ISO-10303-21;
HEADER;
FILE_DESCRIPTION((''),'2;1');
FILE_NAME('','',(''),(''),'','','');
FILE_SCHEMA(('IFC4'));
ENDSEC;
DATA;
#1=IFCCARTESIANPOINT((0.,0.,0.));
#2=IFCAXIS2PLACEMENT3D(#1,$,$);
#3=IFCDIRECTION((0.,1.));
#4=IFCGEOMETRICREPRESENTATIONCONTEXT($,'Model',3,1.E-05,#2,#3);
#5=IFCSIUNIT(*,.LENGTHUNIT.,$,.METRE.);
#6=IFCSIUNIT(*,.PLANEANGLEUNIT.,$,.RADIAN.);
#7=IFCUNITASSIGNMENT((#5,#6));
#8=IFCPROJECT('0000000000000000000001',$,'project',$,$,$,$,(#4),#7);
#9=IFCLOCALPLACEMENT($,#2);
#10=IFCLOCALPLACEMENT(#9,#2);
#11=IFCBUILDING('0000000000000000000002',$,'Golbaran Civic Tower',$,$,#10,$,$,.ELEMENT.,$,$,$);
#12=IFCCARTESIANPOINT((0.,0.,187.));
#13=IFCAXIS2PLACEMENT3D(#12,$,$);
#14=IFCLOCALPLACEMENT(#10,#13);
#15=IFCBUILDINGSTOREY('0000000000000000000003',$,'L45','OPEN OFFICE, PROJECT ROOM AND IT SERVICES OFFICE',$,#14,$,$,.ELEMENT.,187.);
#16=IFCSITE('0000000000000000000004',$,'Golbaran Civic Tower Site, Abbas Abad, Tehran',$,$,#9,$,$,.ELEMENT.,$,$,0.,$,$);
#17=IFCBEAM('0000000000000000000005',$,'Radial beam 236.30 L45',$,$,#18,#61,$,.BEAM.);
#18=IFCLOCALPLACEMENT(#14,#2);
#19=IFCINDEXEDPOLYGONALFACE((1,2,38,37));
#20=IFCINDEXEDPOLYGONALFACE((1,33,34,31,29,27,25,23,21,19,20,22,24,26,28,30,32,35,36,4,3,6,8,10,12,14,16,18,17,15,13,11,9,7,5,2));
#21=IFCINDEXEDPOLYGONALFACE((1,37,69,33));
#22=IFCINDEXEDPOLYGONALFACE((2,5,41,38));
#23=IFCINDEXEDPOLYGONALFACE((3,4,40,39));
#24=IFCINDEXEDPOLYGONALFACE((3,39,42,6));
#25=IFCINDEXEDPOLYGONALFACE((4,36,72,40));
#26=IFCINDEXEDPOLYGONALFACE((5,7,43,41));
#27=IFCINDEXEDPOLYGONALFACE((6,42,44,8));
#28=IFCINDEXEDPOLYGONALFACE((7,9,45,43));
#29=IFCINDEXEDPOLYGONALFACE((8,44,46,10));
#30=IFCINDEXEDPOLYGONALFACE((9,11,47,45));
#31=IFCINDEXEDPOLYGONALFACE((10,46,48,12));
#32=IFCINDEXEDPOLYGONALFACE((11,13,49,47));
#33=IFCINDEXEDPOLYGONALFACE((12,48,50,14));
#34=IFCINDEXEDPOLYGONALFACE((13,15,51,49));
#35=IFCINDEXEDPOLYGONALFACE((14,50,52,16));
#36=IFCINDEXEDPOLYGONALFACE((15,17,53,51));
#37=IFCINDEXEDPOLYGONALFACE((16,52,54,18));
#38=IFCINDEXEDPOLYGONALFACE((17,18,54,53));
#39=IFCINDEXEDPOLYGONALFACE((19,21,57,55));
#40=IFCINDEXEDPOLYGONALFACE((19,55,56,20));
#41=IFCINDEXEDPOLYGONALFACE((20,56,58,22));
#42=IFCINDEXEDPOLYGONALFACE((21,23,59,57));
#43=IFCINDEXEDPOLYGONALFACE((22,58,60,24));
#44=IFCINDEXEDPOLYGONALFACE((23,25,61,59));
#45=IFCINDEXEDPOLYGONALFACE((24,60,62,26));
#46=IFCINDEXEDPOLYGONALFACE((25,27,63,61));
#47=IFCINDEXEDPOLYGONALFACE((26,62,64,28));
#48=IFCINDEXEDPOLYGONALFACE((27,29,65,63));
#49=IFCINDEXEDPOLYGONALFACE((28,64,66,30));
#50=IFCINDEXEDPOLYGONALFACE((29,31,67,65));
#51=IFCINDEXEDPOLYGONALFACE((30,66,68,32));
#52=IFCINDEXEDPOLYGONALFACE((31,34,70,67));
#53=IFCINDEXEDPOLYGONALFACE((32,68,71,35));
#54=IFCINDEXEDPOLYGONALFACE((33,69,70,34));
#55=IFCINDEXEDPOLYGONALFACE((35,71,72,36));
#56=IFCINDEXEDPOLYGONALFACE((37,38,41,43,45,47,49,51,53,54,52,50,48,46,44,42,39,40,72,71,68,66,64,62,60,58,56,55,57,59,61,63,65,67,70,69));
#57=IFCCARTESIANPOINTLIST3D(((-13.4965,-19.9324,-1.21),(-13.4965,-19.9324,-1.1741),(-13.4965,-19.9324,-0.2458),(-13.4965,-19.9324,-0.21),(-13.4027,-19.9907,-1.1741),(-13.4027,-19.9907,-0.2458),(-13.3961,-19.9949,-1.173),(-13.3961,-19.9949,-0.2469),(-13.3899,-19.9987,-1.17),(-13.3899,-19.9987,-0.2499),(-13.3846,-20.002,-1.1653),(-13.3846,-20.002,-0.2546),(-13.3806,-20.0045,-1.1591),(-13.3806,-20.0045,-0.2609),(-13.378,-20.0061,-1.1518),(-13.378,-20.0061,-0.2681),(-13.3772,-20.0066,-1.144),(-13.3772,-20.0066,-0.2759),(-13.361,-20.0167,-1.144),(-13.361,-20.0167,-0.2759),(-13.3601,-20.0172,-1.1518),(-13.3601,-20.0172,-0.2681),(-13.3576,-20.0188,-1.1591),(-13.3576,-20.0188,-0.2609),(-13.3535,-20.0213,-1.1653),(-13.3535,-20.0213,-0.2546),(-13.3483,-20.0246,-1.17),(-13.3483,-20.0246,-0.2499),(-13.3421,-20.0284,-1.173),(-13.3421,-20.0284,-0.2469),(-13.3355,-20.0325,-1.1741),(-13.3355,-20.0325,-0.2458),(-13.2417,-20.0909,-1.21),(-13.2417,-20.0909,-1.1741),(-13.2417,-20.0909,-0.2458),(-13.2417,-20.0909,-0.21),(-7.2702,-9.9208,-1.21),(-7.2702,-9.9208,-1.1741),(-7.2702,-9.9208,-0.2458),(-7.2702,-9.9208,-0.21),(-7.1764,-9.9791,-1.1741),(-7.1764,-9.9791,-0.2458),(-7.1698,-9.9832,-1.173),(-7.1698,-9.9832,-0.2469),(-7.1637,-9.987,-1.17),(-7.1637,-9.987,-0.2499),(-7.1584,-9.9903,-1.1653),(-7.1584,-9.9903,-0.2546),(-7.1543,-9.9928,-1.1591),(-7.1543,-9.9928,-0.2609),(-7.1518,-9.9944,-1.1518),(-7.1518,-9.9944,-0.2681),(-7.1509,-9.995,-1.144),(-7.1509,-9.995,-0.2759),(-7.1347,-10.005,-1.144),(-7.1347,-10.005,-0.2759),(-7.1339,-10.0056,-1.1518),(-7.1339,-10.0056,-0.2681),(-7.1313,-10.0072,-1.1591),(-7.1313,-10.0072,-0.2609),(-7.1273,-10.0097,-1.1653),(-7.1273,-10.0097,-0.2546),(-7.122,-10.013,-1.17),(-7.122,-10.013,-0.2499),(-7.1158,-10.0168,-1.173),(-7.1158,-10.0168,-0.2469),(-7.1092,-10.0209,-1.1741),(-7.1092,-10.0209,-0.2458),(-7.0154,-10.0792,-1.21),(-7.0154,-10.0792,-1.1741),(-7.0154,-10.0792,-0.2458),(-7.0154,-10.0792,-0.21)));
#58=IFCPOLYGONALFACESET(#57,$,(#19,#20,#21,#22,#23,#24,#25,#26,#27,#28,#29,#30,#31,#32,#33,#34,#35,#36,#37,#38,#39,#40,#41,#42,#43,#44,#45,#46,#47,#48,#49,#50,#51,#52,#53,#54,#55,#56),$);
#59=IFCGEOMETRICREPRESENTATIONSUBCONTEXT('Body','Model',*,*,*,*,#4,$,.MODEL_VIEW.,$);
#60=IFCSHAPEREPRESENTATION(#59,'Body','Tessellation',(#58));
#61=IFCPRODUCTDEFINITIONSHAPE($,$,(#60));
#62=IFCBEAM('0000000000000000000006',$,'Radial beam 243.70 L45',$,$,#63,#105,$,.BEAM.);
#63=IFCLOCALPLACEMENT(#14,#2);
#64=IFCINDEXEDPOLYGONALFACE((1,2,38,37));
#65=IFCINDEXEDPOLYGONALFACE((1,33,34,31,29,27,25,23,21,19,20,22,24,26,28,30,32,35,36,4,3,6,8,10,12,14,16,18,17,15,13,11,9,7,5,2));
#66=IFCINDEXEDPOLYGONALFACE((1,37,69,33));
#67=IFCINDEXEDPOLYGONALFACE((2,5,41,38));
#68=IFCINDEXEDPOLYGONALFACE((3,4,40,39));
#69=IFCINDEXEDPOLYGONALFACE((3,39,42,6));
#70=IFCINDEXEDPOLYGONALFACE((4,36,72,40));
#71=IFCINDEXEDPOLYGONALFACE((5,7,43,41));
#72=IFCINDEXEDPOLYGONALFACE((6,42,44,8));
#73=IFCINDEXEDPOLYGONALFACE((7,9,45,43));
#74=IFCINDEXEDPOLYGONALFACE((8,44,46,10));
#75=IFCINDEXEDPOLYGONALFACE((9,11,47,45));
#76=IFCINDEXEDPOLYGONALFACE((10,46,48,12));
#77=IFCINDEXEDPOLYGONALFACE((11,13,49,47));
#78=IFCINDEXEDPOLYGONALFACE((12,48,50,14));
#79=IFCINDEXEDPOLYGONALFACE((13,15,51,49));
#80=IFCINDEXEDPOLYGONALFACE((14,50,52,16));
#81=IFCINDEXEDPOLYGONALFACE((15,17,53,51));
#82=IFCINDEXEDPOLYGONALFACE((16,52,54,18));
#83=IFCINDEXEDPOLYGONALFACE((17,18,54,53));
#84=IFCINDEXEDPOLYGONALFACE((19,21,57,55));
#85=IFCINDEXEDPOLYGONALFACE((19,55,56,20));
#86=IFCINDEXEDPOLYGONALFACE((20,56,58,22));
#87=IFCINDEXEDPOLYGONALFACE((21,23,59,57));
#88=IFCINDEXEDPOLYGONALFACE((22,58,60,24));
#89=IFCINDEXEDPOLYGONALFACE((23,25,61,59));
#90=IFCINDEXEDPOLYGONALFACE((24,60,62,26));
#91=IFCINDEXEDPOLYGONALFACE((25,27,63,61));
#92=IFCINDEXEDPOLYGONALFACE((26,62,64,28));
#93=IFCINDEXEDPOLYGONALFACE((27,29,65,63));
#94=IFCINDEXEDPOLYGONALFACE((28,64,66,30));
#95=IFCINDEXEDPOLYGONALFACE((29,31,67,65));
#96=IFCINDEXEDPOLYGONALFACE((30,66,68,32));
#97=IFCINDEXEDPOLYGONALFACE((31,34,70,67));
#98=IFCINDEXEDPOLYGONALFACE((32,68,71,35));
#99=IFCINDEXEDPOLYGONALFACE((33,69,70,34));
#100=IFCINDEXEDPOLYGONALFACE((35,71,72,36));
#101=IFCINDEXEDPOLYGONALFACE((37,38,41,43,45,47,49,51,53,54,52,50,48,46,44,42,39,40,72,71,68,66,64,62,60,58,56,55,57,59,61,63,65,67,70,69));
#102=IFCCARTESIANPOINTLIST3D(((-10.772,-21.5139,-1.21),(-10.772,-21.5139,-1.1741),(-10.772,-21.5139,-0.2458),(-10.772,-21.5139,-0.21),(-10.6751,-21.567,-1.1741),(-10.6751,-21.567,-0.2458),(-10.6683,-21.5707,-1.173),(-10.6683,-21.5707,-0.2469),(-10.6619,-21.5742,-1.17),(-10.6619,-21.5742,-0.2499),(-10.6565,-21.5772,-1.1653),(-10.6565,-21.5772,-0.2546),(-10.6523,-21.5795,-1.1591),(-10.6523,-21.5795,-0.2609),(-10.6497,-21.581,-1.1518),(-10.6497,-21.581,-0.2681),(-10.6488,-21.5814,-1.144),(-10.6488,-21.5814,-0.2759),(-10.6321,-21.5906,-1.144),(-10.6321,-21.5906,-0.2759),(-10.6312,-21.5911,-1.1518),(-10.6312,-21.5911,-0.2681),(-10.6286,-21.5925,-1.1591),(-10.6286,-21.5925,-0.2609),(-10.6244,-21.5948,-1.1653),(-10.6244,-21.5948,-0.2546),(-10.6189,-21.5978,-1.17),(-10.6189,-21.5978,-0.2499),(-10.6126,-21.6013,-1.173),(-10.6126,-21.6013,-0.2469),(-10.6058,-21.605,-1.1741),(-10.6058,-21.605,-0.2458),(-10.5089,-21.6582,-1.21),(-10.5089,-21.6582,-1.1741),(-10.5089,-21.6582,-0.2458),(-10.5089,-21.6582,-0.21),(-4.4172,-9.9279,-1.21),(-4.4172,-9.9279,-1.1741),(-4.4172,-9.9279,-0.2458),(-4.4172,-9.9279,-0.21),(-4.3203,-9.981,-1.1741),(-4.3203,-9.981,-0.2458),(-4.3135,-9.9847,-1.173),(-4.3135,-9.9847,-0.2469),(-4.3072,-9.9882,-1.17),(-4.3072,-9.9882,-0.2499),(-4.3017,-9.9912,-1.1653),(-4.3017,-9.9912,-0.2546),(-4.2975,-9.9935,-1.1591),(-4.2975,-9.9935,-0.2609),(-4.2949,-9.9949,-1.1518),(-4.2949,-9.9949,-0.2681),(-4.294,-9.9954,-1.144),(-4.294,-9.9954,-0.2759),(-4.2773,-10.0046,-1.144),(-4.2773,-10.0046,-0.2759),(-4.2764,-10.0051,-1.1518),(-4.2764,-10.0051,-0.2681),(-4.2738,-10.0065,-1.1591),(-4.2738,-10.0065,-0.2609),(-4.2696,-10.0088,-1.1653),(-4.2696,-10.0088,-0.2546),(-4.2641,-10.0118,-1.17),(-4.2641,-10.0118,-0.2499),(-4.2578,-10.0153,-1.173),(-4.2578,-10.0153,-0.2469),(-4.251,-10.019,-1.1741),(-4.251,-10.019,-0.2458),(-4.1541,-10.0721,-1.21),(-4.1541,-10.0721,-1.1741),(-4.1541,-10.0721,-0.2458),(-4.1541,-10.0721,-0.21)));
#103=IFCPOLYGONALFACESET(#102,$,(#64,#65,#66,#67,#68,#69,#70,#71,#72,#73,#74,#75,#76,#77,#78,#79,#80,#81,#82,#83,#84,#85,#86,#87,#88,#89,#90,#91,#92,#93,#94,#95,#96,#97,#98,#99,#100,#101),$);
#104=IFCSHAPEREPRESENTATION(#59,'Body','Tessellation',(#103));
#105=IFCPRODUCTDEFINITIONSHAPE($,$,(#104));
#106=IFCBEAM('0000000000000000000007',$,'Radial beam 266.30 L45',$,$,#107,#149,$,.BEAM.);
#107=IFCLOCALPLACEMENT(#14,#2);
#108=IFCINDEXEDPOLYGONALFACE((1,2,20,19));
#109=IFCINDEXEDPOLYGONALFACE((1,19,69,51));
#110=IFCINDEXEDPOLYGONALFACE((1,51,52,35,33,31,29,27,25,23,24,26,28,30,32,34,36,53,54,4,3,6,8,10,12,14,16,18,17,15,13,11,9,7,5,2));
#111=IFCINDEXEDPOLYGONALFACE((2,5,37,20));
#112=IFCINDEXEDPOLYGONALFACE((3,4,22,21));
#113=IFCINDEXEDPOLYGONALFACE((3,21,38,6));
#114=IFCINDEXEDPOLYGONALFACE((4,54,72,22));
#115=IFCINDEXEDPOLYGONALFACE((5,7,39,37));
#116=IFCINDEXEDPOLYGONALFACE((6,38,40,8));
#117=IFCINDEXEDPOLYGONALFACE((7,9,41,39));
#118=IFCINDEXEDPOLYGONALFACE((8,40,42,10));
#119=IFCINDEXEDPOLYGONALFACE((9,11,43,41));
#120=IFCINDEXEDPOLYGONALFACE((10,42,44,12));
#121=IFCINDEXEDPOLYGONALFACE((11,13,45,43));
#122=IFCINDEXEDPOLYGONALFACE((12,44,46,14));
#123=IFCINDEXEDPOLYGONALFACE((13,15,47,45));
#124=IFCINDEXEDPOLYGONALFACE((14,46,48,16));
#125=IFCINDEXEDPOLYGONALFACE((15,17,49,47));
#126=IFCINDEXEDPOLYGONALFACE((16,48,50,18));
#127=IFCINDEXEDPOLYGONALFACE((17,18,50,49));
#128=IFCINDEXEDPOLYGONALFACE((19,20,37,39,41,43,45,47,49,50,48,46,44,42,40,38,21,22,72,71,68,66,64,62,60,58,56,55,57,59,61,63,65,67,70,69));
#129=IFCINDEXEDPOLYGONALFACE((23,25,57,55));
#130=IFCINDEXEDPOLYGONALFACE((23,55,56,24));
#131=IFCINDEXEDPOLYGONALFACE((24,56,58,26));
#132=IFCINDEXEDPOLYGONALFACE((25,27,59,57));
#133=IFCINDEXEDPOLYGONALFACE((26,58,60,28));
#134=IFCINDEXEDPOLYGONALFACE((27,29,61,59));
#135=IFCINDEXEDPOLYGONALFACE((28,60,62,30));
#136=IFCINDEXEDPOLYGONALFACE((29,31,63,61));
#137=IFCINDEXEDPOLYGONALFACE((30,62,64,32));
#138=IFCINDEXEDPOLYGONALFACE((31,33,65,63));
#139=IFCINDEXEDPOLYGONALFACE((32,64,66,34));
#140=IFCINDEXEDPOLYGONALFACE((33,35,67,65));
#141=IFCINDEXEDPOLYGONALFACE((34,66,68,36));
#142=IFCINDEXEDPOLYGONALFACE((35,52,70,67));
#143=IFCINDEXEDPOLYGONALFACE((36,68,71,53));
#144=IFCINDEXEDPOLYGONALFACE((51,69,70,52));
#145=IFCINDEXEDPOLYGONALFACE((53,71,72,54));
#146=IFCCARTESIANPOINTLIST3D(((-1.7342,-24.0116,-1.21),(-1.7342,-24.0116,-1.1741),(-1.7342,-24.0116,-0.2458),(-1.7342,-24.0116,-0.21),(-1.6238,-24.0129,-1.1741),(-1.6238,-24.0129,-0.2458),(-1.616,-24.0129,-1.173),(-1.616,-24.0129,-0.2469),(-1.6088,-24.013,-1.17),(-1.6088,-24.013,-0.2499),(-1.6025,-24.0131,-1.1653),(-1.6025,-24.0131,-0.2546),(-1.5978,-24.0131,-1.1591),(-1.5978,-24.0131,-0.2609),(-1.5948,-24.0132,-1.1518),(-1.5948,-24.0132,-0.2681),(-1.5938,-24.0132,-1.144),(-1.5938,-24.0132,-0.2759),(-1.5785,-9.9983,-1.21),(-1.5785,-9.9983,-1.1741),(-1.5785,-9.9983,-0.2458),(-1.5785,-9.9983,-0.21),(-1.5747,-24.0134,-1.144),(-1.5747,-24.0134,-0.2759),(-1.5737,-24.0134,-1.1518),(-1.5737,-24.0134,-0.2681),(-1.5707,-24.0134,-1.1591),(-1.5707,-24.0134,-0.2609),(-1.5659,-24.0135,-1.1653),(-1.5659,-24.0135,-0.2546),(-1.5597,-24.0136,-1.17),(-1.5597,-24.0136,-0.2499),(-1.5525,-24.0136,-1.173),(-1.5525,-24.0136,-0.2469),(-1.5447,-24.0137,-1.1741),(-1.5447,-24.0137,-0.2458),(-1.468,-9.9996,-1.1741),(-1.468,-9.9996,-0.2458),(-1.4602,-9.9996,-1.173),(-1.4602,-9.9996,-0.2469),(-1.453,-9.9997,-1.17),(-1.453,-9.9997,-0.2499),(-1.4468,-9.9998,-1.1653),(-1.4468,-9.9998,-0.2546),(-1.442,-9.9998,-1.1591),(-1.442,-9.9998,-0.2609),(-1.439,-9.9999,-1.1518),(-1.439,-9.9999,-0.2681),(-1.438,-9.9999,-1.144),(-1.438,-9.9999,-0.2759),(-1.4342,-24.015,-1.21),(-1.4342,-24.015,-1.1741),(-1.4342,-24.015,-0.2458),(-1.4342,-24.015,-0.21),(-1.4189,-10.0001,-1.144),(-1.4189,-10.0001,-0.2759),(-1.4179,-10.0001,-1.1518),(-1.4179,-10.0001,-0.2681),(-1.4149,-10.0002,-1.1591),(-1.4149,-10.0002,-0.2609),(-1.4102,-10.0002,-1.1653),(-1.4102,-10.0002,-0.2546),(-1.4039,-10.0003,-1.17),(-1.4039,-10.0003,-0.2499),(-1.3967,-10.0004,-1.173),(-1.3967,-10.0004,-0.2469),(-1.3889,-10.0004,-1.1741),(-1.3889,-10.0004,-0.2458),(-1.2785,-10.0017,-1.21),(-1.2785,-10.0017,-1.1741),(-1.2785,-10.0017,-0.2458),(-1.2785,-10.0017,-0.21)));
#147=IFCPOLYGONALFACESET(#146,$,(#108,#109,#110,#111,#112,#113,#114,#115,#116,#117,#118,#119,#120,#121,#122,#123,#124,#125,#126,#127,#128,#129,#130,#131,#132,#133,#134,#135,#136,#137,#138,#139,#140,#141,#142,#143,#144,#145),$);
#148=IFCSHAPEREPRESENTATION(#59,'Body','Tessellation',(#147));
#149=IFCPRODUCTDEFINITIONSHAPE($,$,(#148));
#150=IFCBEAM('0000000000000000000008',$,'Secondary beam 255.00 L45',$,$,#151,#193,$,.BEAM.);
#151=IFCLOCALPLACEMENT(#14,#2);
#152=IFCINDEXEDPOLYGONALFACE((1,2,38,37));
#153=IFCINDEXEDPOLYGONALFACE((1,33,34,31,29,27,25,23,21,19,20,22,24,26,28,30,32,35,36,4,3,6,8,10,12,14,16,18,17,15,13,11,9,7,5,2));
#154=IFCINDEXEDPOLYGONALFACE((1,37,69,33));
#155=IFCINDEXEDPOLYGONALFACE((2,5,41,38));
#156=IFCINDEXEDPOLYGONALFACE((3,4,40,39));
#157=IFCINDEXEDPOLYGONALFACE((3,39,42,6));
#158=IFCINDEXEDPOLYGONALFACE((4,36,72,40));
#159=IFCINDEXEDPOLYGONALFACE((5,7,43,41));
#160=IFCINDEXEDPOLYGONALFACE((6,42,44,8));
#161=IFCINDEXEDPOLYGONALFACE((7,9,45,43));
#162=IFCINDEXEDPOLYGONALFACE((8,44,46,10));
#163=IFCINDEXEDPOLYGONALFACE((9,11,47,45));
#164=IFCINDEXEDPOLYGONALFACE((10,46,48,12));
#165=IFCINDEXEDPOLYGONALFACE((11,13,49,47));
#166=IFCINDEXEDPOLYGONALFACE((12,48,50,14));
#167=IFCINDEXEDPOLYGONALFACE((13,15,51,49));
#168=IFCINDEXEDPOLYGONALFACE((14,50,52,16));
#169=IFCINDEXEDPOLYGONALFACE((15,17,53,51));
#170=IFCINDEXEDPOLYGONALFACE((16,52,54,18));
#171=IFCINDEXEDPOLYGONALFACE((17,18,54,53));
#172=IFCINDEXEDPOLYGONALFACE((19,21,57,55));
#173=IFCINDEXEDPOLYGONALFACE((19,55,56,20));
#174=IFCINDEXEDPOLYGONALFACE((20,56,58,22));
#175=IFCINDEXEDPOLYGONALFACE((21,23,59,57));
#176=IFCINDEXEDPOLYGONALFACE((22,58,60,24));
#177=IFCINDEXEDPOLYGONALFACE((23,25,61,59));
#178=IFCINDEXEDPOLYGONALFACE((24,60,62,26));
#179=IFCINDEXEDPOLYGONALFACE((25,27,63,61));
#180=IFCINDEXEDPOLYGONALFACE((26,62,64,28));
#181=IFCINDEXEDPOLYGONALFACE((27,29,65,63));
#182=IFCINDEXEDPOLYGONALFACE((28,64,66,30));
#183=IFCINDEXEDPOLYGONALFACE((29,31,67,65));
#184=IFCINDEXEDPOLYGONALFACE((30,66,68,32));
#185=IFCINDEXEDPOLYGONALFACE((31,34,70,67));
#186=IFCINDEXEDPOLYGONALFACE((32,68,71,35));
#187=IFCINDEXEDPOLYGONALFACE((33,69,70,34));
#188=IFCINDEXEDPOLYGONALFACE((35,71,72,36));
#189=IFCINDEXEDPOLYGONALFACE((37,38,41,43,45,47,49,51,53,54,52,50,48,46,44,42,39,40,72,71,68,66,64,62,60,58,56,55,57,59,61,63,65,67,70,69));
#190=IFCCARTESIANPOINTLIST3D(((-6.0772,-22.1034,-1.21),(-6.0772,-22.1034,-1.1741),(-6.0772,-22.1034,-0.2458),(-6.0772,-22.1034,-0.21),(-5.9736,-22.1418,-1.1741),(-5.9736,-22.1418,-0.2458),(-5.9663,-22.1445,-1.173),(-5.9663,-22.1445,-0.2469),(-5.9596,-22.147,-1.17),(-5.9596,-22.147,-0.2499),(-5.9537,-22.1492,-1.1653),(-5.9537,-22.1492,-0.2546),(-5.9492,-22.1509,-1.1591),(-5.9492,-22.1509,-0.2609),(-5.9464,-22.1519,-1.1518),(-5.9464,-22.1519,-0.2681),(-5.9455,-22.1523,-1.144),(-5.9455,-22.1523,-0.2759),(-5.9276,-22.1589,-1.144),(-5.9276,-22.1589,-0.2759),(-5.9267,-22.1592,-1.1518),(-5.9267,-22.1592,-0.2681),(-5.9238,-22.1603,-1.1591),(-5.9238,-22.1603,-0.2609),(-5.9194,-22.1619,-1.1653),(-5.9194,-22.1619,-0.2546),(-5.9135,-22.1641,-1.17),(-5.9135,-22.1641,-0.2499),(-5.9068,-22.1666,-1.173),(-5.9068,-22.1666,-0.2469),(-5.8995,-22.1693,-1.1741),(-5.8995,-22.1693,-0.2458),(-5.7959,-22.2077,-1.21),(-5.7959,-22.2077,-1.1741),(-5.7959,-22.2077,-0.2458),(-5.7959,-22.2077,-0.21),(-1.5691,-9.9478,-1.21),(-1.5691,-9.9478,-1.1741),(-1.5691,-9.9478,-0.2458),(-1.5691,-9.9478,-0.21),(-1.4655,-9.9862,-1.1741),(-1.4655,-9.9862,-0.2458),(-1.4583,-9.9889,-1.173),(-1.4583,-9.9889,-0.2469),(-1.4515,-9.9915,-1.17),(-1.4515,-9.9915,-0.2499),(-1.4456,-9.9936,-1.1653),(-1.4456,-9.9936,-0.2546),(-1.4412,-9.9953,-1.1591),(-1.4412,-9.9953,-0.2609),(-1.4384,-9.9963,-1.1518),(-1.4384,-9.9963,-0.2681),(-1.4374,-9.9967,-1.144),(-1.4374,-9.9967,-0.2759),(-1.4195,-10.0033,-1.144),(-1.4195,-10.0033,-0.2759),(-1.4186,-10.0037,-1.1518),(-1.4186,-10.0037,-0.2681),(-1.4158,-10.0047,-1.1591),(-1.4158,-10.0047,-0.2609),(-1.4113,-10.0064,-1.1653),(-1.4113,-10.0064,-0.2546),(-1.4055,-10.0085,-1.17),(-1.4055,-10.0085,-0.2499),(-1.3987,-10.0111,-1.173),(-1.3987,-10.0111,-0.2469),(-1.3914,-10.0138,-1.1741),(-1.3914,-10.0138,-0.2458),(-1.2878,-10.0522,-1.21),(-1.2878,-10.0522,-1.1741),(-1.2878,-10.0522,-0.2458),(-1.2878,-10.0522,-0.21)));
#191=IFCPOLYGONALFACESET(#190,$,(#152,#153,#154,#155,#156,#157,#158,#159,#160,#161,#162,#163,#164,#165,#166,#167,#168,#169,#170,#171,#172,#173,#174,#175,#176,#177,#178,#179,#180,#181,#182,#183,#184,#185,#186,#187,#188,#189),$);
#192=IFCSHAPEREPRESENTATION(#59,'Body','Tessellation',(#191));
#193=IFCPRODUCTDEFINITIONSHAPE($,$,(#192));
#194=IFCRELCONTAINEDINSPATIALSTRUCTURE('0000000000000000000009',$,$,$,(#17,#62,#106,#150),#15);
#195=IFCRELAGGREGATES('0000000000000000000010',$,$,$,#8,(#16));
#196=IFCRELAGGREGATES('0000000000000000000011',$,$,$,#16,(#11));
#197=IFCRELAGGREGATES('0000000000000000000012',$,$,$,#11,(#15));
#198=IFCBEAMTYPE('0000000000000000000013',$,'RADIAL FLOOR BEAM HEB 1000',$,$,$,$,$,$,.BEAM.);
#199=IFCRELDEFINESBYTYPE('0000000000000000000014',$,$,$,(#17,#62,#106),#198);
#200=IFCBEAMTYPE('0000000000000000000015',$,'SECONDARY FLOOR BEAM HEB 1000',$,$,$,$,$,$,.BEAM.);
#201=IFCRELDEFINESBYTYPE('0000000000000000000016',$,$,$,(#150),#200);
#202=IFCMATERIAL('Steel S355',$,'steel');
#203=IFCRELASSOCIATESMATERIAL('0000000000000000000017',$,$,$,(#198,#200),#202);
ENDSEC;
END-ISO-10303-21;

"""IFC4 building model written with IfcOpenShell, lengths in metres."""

from ifc_helpers import new_model, si_unit, direction, frame, origin, origin_2d, place, context, subcontext, project, spatial, i_section, extrude, material, material_profile, profile_set, type_object, element, save


model = new_model("IFC4")

# Units and contexts
model_context = context("Model", 3, precision=1e-05, world=origin(), true_north=direction((0.0, 1.0)))
body_context = subcontext(model_context, "Body", "Model", "MODEL_VIEW")
ifc_project = project(units=[si_unit("LENGTHUNIT", "METRE"), si_unit("PLANEANGLEUNIT", "RADIAN")], contexts=[model_context])

# Site, building, storey
site_placement = place(None, origin())
site = spatial("IfcSite", under=ifc_project, at=site_placement, Name="Golbaran Civic Tower Site, Abbas Abad, Tehran", CompositionType="ELEMENT", RefElevation=0.0)
building_placement = place(site_placement, origin())
building = spatial("IfcBuilding", under=site, at=building_placement, Name="Golbaran Civic Tower", CompositionType="ELEMENT")
storey_placement = place(building_placement, frame((0.0, 0.0, 187.0)))
storey = spatial("IfcBuildingStorey", under=building, at=storey_placement, Name="L45", Description="OPEN OFFICE, PROJECT ROOM AND IT SERVICES OFFICE", CompositionType="ELEMENT", Elevation=187.0)

# Beams
ifc_material_1 = material(Name="Steel S355", Category="steel")
ifc_material_profile_1 = material_profile(ifc_material_1, i_section(OverallWidth=0.3, OverallDepth=1.0, WebThickness=0.019, FlangeThickness=0.0359, FilletRadius=0.03, at=origin_2d()), Name="HEB 1000")
ifc_profile_set_1 = profile_set([ifc_material_profile_1], Name="Steel S355")
beam_type_1 = type_object("IfcBeamType", Name="RADIAL FLOOR BEAM HEB 1000", PredefinedType="BEAM", material=ifc_profile_set_1)
beam_1_placement = place(storey_placement, frame((-7.1428, -10.0, -0.71), z_axis=(-0.528106, -0.849178, 0.0), x_axis=(0.849178, -0.528106, 0.0)))
element("IfcBeam", 1, at=beam_1_placement, inside=storey, type_object=beam_type_1, Name="Radial beam 236.30 L45", PredefinedType="BEAM", context=body_context, shape_type="SweptSolid", body=[
    extrude(i_section(OverallWidth=0.3, OverallDepth=1.0, WebThickness=0.019, FlangeThickness=0.0359, FilletRadius=0.03, at=origin_2d()), origin(), (0.0, 0.0, 1.0), 11.7898),
])
beam_2_placement = place(storey_placement, frame((-4.2856, -10.0, -0.71), z_axis=(-0.4809, -0.876775, 0.0), x_axis=(0.876775, -0.4809, 0.0)))
element("IfcBeam", 2, at=beam_2_placement, inside=storey, type_object=beam_type_1, Name="Radial beam 243.70 L45", PredefinedType="BEAM", context=body_context, shape_type="SweptSolid", body=[
    extrude(i_section(OverallWidth=0.3, OverallDepth=1.0, WebThickness=0.019, FlangeThickness=0.0359, FilletRadius=0.03, at=origin_2d()), origin(), (0.0, 0.0, 1.0), 13.2144),
])
beam_3_placement = place(storey_placement, frame((-1.4285, -10.0, -0.71), z_axis=(-0.011115, -0.999938, 0.0), x_axis=(0.999938, -0.011115, 0.0)))
element("IfcBeam", 3, at=beam_3_placement, inside=storey, type_object=beam_type_1, Name="Radial beam 266.30 L45", PredefinedType="BEAM", context=body_context, shape_type="SweptSolid", body=[
    extrude(i_section(OverallWidth=0.3, OverallDepth=1.0, WebThickness=0.019, FlangeThickness=0.0359, FilletRadius=0.03, at=origin_2d()), origin(), (0.0, 0.0, 1.0), 14.0142),
])
ifc_material_profile_2 = material_profile(ifc_material_1, i_section(OverallWidth=0.3, OverallDepth=1.0, WebThickness=0.019, FlangeThickness=0.0359, FilletRadius=0.03, at=origin_2d()), Name="HEB 1000")
ifc_profile_set_2 = profile_set([ifc_material_profile_2], Name="Steel S355")
beam_type_2 = type_object("IfcBeamType", Name="SECONDARY FLOOR BEAM HEB 1000", PredefinedType="BEAM", material=ifc_profile_set_2)
beam_4_placement = place(storey_placement, frame((-1.4285, -10.0, -0.71), z_axis=(-0.347722, -0.937598, 0.0), x_axis=(0.937598, -0.347722, 0.0)))
element("IfcBeam", 4, at=beam_4_placement, inside=storey, type_object=beam_type_2, Name="Secondary beam 255.00 L45", PredefinedType="BEAM", context=body_context, shape_type="SweptSolid", body=[
    extrude(i_section(OverallWidth=0.3, OverallDepth=1.0, WebThickness=0.019, FlangeThickness=0.0359, FilletRadius=0.03, at=origin_2d()), origin(), (0.0, 0.0, 1.0), 12.9646),
])

save(model, "model.ifc")
